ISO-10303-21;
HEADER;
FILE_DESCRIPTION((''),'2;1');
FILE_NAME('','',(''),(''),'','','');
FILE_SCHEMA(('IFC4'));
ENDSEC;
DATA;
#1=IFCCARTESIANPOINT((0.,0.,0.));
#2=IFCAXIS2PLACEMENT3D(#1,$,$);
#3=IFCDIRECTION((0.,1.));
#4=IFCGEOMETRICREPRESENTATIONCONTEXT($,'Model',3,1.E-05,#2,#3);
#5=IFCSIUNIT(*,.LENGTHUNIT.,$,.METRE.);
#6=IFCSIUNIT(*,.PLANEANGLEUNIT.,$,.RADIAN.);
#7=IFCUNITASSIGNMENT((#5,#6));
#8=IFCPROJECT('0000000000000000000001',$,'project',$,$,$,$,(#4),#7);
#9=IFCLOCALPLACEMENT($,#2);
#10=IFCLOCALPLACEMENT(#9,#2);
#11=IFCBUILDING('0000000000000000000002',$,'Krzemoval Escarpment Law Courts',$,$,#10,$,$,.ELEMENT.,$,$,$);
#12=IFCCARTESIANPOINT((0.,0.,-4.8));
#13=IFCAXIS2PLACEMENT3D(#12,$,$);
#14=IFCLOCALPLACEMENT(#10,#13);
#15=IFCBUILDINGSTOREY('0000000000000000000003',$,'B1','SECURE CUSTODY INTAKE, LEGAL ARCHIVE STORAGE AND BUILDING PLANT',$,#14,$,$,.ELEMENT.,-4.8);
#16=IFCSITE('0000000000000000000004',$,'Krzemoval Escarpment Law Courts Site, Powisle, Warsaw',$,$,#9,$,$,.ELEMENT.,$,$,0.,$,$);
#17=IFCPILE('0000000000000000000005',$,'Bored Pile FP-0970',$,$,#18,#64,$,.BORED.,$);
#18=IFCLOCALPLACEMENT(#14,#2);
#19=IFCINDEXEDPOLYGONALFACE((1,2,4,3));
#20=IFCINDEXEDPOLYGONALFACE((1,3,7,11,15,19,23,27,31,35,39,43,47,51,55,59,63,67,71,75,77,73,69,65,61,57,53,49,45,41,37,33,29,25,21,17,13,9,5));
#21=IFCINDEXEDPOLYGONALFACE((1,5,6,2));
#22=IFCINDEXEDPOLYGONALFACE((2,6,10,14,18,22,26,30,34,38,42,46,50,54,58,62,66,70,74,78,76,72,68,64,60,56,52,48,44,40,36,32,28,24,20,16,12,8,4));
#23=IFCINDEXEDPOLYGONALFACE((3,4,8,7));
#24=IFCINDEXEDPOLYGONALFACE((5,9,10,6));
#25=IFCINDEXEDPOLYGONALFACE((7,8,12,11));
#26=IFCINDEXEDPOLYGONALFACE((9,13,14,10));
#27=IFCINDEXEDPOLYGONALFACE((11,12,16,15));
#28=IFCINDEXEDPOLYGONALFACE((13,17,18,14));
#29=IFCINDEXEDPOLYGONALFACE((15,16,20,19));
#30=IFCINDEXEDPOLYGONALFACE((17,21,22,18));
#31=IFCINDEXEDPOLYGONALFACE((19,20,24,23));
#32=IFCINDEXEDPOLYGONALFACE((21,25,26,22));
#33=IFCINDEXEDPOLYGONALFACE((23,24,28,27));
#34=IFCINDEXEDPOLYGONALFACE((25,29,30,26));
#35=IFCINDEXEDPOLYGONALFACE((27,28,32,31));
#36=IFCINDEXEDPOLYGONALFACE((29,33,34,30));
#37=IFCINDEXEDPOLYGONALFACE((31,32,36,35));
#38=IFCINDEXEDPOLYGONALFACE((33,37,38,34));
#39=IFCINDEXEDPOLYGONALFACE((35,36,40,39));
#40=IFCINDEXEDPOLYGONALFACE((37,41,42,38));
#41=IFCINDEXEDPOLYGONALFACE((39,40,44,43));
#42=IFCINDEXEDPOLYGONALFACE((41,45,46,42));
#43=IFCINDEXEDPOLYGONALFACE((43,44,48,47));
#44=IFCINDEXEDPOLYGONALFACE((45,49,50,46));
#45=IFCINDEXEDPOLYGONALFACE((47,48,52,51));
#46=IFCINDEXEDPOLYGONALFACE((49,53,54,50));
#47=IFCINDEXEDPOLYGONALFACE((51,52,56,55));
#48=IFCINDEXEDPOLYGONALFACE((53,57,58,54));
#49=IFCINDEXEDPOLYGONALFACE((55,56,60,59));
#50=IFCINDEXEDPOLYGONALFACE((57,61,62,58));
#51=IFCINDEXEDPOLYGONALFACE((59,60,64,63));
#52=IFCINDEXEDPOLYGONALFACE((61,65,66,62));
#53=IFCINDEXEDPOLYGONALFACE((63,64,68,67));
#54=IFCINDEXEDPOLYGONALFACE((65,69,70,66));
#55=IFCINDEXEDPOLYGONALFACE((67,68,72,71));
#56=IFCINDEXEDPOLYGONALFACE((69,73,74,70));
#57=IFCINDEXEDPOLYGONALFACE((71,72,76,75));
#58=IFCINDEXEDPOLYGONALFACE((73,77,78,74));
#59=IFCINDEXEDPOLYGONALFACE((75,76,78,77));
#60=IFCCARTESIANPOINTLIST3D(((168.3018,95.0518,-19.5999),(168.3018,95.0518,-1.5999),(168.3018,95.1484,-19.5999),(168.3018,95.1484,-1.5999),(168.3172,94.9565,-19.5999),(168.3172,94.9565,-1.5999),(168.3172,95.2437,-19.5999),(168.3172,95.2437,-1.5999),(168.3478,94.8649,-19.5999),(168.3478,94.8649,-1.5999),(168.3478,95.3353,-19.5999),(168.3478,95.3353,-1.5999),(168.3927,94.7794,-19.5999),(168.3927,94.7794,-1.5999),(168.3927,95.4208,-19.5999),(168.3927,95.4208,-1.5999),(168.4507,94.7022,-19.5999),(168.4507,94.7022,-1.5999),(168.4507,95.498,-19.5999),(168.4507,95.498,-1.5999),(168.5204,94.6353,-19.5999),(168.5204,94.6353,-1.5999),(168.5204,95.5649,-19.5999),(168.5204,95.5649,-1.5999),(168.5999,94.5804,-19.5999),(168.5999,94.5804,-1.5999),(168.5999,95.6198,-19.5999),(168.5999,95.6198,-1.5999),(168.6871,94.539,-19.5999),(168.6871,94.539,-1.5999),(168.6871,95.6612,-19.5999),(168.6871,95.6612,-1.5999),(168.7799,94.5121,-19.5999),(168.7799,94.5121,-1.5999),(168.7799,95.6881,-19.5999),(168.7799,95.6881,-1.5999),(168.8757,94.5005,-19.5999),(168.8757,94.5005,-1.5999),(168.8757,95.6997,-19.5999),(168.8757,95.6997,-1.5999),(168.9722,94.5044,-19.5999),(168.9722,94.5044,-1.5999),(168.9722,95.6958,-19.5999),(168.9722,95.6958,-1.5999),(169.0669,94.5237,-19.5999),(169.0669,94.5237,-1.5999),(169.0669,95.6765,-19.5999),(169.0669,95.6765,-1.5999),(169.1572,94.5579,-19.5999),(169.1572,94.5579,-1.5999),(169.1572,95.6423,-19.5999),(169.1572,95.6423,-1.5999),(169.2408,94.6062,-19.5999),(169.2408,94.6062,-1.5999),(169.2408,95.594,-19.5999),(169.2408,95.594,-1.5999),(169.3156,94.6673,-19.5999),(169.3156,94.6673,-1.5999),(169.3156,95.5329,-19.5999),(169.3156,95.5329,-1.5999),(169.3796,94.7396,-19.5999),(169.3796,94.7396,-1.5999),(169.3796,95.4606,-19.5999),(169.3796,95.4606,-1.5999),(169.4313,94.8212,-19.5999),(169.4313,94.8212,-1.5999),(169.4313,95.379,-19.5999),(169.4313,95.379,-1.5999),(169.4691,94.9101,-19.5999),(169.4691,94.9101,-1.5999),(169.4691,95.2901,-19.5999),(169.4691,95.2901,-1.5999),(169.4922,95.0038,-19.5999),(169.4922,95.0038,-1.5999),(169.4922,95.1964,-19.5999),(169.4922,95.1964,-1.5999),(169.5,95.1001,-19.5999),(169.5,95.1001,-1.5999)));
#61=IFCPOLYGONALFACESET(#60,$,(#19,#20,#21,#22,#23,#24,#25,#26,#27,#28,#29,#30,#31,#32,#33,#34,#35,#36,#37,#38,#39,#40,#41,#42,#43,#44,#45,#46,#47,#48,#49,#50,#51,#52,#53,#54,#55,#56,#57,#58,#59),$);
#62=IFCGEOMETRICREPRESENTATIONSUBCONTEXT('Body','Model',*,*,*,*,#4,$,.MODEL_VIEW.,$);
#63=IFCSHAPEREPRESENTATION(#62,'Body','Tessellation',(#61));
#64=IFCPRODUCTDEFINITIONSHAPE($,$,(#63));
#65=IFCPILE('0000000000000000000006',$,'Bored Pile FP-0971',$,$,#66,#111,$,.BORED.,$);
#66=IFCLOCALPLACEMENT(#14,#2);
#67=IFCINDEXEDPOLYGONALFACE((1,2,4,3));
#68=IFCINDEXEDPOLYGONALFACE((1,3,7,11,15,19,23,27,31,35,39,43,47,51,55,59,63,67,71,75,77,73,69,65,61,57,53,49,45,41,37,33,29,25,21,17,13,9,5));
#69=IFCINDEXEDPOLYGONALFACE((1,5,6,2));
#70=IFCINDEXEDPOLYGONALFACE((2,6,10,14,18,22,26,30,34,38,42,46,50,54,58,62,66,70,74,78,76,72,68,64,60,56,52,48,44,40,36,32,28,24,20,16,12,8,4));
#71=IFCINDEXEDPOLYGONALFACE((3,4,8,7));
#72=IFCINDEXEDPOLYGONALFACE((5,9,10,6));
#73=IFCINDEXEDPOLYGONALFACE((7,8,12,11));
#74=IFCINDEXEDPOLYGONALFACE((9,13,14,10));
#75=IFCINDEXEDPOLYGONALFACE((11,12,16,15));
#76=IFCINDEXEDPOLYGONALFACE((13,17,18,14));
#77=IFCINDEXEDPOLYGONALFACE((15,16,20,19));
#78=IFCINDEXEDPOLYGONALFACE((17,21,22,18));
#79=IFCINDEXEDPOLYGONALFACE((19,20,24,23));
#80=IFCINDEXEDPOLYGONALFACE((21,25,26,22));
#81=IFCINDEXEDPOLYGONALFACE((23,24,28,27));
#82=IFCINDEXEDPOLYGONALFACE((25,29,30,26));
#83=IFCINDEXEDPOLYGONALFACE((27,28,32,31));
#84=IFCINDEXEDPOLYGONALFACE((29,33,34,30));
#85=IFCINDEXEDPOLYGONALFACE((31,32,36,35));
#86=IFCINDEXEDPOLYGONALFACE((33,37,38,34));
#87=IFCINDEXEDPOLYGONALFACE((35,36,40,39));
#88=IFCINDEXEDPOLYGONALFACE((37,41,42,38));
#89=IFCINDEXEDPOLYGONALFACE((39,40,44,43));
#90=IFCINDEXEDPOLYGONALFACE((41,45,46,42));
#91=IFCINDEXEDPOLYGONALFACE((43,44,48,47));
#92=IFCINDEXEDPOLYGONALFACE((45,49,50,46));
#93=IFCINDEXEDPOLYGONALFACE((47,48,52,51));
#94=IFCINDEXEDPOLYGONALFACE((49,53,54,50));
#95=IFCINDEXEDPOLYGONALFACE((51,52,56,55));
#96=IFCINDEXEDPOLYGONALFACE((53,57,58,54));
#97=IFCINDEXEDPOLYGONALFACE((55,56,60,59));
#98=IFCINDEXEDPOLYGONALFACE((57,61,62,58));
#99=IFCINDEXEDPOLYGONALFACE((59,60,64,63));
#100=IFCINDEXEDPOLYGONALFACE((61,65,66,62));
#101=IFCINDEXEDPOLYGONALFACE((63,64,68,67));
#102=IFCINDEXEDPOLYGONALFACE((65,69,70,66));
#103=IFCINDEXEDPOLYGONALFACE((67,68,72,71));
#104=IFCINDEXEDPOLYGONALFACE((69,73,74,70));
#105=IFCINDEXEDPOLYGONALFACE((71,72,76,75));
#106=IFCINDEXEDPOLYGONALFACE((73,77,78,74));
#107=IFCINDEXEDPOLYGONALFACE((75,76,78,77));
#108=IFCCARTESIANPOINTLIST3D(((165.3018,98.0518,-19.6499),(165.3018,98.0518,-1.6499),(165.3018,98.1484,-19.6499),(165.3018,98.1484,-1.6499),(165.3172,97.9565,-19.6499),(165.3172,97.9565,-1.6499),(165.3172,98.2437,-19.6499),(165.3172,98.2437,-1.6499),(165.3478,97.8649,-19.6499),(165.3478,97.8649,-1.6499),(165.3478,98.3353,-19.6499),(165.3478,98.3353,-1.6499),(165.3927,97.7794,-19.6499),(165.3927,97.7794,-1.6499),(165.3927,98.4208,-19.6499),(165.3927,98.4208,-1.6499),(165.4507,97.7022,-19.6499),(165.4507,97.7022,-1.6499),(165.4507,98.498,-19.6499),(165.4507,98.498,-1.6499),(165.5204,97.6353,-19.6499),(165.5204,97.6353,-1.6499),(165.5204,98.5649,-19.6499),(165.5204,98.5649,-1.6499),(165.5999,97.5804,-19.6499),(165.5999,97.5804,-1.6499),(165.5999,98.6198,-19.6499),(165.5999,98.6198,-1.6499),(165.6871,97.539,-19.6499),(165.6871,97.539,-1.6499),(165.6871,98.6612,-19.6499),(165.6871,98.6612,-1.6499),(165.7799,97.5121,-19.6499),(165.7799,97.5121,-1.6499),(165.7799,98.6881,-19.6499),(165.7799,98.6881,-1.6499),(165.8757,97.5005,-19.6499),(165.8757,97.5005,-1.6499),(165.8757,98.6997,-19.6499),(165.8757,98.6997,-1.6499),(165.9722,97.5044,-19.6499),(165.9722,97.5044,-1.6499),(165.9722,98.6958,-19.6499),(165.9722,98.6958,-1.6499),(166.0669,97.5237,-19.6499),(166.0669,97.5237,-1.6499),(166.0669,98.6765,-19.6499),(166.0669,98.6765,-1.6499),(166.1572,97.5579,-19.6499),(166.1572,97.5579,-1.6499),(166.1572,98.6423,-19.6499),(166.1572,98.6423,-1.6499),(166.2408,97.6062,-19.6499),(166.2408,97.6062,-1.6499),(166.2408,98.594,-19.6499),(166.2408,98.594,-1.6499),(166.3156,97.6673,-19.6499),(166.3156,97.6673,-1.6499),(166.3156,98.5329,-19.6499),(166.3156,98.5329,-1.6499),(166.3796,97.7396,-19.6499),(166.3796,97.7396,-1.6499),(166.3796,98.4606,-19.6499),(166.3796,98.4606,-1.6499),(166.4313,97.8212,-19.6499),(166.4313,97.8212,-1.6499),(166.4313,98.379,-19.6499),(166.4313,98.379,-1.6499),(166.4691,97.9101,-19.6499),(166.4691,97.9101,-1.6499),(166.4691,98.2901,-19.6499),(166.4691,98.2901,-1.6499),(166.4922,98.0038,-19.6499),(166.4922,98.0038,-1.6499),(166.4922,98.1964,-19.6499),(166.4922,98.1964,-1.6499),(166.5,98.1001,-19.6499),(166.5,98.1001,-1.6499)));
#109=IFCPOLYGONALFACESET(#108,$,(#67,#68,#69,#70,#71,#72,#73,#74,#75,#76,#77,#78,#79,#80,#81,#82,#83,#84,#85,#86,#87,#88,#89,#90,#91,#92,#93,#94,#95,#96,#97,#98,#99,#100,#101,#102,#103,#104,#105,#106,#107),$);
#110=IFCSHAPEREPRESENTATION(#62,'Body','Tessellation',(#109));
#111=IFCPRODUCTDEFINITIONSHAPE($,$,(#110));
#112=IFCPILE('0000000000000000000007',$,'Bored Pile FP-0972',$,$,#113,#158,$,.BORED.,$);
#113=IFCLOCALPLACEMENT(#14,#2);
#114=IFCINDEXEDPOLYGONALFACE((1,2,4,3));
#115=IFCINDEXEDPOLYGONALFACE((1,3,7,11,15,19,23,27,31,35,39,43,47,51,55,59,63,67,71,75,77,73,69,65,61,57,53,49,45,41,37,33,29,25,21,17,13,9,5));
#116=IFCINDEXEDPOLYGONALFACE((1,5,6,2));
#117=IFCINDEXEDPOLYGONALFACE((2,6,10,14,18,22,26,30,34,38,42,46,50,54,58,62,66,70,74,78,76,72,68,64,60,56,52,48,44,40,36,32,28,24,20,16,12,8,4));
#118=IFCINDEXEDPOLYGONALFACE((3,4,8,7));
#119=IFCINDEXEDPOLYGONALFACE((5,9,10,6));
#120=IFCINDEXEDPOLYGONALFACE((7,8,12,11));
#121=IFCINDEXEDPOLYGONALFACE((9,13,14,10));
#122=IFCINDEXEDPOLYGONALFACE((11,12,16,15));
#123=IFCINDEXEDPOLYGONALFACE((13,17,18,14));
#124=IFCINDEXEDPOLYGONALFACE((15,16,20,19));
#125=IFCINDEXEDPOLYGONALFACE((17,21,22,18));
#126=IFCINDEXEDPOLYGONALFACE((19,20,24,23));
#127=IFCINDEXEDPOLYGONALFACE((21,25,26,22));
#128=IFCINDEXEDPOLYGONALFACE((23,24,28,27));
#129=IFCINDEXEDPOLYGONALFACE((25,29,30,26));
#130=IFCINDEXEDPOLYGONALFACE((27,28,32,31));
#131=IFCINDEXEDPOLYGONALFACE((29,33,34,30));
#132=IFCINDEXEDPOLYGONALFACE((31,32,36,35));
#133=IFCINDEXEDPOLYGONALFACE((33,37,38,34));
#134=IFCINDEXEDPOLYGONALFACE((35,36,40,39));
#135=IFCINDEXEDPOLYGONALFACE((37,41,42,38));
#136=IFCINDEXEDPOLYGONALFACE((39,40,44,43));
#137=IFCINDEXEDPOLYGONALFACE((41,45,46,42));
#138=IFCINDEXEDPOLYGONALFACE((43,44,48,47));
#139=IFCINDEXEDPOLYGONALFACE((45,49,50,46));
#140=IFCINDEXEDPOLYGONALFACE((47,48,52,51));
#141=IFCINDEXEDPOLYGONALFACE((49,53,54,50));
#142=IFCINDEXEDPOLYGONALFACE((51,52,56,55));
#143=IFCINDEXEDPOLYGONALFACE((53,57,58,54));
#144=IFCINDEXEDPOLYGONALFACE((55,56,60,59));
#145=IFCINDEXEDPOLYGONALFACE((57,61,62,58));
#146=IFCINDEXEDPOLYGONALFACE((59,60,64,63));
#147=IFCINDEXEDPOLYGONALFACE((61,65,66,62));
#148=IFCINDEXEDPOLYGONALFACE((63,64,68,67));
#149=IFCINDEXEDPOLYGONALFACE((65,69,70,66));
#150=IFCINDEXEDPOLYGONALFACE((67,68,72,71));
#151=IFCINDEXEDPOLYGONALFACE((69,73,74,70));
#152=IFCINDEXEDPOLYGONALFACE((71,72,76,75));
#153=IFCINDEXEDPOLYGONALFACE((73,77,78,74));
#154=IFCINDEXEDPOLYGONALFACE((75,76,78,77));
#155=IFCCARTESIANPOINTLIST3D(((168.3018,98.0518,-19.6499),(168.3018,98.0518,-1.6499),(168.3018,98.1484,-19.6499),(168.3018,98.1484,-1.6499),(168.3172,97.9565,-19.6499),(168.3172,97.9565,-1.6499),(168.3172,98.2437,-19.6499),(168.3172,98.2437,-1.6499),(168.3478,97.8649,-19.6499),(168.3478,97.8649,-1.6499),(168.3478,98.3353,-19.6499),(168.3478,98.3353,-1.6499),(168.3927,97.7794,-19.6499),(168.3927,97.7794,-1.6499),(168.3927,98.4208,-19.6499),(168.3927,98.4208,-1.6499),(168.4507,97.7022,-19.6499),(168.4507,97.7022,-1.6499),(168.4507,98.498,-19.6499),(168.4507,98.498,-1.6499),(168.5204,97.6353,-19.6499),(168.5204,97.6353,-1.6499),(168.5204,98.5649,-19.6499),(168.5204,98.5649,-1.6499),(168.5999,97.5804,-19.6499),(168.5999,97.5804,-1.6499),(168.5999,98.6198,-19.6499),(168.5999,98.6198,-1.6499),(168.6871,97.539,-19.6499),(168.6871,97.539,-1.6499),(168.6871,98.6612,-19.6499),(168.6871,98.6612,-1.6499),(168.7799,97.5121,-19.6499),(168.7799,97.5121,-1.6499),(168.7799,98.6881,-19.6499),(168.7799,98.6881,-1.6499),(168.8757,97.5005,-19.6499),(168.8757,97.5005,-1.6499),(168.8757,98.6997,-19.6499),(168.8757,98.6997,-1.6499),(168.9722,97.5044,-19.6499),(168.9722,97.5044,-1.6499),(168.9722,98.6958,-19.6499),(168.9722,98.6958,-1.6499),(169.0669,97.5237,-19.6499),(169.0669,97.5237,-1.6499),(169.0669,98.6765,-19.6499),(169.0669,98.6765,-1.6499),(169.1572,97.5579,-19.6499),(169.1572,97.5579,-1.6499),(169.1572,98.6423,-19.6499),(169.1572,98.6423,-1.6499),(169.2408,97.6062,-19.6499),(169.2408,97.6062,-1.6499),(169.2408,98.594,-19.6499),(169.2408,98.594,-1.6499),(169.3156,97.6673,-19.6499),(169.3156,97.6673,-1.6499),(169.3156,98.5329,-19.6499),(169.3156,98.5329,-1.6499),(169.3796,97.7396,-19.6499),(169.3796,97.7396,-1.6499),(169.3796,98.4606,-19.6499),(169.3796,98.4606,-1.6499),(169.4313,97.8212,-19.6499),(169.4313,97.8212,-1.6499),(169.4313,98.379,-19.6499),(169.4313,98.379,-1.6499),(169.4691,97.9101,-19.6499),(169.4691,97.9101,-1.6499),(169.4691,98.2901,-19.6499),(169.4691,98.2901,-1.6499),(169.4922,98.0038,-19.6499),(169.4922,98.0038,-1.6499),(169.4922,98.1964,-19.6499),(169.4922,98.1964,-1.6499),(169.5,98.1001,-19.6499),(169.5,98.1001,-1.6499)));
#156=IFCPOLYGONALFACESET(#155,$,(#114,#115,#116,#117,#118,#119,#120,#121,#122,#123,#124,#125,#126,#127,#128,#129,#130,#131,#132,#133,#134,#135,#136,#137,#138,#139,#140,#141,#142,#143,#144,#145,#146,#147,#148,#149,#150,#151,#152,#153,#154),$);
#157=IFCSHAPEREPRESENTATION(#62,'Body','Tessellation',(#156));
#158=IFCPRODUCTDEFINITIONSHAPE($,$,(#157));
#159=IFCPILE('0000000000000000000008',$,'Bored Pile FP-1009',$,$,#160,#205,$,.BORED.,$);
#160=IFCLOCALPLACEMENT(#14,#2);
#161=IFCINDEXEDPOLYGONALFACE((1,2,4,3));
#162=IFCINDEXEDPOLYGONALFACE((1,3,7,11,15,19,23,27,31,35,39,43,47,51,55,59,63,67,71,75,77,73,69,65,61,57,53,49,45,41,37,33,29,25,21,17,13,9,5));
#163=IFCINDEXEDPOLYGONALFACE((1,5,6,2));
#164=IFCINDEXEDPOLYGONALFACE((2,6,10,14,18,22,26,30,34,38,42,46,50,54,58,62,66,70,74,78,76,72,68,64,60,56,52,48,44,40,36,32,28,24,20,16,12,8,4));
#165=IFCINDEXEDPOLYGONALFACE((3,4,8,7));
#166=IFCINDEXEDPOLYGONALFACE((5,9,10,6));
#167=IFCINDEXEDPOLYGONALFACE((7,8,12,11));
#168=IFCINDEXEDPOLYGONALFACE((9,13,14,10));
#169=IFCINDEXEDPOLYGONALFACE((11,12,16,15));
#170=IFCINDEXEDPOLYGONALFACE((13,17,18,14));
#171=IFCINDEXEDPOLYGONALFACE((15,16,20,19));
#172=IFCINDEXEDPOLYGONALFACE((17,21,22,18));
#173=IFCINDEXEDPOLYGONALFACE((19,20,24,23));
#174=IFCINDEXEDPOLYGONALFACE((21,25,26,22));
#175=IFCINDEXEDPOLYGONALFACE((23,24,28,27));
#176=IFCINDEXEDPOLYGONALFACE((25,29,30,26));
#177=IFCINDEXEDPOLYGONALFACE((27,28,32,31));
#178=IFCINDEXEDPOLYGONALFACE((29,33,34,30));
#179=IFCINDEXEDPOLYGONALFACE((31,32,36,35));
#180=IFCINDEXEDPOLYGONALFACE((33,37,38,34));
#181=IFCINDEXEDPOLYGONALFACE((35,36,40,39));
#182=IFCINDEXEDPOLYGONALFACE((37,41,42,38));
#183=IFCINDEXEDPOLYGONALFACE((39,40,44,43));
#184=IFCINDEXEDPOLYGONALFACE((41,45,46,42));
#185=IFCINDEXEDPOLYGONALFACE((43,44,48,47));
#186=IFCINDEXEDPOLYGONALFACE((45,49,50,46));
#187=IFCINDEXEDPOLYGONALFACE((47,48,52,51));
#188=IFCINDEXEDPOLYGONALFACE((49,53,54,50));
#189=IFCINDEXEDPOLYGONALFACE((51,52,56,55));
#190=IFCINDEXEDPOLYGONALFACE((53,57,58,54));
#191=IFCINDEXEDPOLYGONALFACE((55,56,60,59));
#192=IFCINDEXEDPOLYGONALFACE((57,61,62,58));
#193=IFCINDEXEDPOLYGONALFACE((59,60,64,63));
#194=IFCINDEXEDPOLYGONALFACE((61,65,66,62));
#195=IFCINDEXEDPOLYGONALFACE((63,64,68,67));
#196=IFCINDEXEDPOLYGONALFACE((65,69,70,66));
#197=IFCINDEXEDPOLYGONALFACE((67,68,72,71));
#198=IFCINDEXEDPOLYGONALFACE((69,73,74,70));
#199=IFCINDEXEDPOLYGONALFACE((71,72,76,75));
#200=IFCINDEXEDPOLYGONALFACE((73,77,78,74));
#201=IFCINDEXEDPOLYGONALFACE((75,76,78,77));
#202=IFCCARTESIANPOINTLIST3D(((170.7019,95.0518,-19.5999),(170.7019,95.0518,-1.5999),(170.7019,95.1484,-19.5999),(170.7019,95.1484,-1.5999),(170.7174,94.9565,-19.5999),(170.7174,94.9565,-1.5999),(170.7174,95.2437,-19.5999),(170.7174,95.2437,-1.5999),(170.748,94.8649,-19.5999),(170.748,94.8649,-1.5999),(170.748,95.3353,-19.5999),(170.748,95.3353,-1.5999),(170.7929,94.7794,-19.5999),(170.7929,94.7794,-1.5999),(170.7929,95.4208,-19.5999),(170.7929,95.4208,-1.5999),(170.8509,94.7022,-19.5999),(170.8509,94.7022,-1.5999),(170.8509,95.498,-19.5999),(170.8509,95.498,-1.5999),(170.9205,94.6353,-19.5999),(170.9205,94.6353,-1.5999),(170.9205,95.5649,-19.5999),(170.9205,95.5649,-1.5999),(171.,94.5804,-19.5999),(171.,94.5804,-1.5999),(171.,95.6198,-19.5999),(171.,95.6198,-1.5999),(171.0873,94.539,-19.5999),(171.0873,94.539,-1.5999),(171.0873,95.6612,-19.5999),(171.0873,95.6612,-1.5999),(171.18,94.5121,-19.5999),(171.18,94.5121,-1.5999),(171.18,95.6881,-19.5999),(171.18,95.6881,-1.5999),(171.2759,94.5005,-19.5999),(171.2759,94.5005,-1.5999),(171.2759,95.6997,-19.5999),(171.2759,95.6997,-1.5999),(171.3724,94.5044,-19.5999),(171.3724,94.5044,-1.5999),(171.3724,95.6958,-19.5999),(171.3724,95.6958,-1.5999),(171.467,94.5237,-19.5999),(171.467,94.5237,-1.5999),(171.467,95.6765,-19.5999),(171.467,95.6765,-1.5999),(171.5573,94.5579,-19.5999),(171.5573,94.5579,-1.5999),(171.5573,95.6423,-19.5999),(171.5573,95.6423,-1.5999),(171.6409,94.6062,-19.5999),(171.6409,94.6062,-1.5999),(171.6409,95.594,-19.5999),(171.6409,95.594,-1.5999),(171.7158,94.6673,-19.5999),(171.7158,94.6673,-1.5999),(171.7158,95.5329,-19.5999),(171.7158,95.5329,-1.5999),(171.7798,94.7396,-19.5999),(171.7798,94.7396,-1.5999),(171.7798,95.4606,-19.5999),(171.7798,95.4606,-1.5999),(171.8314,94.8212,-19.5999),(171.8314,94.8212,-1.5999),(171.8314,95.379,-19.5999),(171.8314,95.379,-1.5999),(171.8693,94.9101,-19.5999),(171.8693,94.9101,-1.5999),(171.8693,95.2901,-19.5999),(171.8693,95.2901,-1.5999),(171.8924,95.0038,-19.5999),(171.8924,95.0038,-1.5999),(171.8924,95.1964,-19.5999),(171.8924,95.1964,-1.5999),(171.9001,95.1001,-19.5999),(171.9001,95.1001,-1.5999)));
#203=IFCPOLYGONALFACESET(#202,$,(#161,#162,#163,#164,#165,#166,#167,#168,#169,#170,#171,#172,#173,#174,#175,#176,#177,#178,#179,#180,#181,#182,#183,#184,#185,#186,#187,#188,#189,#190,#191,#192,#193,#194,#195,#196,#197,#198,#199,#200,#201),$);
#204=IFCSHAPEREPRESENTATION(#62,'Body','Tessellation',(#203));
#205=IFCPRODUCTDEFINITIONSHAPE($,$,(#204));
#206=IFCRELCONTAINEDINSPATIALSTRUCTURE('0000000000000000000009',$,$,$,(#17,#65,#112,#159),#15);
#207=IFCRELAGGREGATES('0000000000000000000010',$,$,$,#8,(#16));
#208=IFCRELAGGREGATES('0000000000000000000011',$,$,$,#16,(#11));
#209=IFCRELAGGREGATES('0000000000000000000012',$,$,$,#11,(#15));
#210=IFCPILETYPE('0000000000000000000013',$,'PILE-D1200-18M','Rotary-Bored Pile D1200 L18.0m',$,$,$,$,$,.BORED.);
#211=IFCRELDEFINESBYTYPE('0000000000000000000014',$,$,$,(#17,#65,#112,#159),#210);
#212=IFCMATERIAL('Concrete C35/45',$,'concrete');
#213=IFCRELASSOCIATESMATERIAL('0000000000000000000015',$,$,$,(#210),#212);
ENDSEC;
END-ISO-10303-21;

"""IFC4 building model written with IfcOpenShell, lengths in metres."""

from ifc_helpers import new_model, si_unit, direction, frame, origin, origin_2d, place, context, subcontext, project, spatial, circle, extrude, material, material_profile, profile_set, type_object, element, save


model = new_model("IFC4")

# Units and contexts
model_context = context("Model", 3, precision=1e-05, world=origin(), true_north=direction((0.0, 1.0)))
body_context = subcontext(model_context, "Body", "Model", "MODEL_VIEW")
ifc_project = project(units=[si_unit("LENGTHUNIT", "METRE"), si_unit("PLANEANGLEUNIT", "RADIAN")], contexts=[model_context])

# Site, building, storey
site_placement = place(None, origin())
site = spatial("IfcSite", under=ifc_project, at=site_placement, Name="Krzemoval Escarpment Law Courts Site, Powisle, Warsaw", CompositionType="ELEMENT", RefElevation=0.0)
building_placement = place(site_placement, origin())
building = spatial("IfcBuilding", under=site, at=building_placement, Name="Krzemoval Escarpment Law Courts", CompositionType="ELEMENT")
storey_placement = place(building_placement, frame((0.0, 0.0, -4.8)))
storey = spatial("IfcBuildingStorey", under=building, at=storey_placement, Name="B1", Description="SECURE CUSTODY INTAKE, LEGAL ARCHIVE STORAGE AND BUILDING PLANT", CompositionType="ELEMENT", Elevation=-4.8)

# Piles
ifc_material_1 = material(Name="Concrete C35/45", Category="concrete")
ifc_material_profile_1 = material_profile(ifc_material_1, circle(Radius=0.6001, at=origin_2d()), Name="PILE D1200")
ifc_profile_set_1 = profile_set([ifc_material_profile_1], Name="Concrete C35/45")
pile_type = type_object("IfcPileType", Name="PILE-D1200-18M", Description="Rotary-Bored Pile D1200 L18.0m", PredefinedType="BORED", material=ifc_profile_set_1)
for number, where, z_axis, x_axis, name in (
    (1, (168.8999, 95.1001, -1.5999), (0.0, 0.0, -1.0), (1.0, 0.0, 0.0), "Bored Pile FP-0970"),
    (2, (165.8999, 98.1001, -1.6499), (0.0, 0.0, -1.0), (1.0, 0.0, 0.0), "Bored Pile FP-0971"),
    (3, (168.8999, 98.1001, -1.6499), (0.0, 0.0, -1.0), (1.0, 0.0, 0.0), "Bored Pile FP-0972"),
    (4, (171.3, 95.1001, -1.5999), (0.0, 0.0, -1.0), (1.0, 0.0, 0.0), "Bored Pile FP-1009"),
):
    element("IfcPile", number, at=place(storey_placement, frame(where, z_axis=z_axis, x_axis=x_axis)), inside=storey, type_object=pile_type, Name=name, PredefinedType="BORED", context=body_context, shape_type="SweptSolid", body=[
        extrude(circle(Radius=0.6001, at=origin_2d()), origin(), (0.0, 0.0, 1.0), 18.0),
    ])

save(model, "model.ifc")
